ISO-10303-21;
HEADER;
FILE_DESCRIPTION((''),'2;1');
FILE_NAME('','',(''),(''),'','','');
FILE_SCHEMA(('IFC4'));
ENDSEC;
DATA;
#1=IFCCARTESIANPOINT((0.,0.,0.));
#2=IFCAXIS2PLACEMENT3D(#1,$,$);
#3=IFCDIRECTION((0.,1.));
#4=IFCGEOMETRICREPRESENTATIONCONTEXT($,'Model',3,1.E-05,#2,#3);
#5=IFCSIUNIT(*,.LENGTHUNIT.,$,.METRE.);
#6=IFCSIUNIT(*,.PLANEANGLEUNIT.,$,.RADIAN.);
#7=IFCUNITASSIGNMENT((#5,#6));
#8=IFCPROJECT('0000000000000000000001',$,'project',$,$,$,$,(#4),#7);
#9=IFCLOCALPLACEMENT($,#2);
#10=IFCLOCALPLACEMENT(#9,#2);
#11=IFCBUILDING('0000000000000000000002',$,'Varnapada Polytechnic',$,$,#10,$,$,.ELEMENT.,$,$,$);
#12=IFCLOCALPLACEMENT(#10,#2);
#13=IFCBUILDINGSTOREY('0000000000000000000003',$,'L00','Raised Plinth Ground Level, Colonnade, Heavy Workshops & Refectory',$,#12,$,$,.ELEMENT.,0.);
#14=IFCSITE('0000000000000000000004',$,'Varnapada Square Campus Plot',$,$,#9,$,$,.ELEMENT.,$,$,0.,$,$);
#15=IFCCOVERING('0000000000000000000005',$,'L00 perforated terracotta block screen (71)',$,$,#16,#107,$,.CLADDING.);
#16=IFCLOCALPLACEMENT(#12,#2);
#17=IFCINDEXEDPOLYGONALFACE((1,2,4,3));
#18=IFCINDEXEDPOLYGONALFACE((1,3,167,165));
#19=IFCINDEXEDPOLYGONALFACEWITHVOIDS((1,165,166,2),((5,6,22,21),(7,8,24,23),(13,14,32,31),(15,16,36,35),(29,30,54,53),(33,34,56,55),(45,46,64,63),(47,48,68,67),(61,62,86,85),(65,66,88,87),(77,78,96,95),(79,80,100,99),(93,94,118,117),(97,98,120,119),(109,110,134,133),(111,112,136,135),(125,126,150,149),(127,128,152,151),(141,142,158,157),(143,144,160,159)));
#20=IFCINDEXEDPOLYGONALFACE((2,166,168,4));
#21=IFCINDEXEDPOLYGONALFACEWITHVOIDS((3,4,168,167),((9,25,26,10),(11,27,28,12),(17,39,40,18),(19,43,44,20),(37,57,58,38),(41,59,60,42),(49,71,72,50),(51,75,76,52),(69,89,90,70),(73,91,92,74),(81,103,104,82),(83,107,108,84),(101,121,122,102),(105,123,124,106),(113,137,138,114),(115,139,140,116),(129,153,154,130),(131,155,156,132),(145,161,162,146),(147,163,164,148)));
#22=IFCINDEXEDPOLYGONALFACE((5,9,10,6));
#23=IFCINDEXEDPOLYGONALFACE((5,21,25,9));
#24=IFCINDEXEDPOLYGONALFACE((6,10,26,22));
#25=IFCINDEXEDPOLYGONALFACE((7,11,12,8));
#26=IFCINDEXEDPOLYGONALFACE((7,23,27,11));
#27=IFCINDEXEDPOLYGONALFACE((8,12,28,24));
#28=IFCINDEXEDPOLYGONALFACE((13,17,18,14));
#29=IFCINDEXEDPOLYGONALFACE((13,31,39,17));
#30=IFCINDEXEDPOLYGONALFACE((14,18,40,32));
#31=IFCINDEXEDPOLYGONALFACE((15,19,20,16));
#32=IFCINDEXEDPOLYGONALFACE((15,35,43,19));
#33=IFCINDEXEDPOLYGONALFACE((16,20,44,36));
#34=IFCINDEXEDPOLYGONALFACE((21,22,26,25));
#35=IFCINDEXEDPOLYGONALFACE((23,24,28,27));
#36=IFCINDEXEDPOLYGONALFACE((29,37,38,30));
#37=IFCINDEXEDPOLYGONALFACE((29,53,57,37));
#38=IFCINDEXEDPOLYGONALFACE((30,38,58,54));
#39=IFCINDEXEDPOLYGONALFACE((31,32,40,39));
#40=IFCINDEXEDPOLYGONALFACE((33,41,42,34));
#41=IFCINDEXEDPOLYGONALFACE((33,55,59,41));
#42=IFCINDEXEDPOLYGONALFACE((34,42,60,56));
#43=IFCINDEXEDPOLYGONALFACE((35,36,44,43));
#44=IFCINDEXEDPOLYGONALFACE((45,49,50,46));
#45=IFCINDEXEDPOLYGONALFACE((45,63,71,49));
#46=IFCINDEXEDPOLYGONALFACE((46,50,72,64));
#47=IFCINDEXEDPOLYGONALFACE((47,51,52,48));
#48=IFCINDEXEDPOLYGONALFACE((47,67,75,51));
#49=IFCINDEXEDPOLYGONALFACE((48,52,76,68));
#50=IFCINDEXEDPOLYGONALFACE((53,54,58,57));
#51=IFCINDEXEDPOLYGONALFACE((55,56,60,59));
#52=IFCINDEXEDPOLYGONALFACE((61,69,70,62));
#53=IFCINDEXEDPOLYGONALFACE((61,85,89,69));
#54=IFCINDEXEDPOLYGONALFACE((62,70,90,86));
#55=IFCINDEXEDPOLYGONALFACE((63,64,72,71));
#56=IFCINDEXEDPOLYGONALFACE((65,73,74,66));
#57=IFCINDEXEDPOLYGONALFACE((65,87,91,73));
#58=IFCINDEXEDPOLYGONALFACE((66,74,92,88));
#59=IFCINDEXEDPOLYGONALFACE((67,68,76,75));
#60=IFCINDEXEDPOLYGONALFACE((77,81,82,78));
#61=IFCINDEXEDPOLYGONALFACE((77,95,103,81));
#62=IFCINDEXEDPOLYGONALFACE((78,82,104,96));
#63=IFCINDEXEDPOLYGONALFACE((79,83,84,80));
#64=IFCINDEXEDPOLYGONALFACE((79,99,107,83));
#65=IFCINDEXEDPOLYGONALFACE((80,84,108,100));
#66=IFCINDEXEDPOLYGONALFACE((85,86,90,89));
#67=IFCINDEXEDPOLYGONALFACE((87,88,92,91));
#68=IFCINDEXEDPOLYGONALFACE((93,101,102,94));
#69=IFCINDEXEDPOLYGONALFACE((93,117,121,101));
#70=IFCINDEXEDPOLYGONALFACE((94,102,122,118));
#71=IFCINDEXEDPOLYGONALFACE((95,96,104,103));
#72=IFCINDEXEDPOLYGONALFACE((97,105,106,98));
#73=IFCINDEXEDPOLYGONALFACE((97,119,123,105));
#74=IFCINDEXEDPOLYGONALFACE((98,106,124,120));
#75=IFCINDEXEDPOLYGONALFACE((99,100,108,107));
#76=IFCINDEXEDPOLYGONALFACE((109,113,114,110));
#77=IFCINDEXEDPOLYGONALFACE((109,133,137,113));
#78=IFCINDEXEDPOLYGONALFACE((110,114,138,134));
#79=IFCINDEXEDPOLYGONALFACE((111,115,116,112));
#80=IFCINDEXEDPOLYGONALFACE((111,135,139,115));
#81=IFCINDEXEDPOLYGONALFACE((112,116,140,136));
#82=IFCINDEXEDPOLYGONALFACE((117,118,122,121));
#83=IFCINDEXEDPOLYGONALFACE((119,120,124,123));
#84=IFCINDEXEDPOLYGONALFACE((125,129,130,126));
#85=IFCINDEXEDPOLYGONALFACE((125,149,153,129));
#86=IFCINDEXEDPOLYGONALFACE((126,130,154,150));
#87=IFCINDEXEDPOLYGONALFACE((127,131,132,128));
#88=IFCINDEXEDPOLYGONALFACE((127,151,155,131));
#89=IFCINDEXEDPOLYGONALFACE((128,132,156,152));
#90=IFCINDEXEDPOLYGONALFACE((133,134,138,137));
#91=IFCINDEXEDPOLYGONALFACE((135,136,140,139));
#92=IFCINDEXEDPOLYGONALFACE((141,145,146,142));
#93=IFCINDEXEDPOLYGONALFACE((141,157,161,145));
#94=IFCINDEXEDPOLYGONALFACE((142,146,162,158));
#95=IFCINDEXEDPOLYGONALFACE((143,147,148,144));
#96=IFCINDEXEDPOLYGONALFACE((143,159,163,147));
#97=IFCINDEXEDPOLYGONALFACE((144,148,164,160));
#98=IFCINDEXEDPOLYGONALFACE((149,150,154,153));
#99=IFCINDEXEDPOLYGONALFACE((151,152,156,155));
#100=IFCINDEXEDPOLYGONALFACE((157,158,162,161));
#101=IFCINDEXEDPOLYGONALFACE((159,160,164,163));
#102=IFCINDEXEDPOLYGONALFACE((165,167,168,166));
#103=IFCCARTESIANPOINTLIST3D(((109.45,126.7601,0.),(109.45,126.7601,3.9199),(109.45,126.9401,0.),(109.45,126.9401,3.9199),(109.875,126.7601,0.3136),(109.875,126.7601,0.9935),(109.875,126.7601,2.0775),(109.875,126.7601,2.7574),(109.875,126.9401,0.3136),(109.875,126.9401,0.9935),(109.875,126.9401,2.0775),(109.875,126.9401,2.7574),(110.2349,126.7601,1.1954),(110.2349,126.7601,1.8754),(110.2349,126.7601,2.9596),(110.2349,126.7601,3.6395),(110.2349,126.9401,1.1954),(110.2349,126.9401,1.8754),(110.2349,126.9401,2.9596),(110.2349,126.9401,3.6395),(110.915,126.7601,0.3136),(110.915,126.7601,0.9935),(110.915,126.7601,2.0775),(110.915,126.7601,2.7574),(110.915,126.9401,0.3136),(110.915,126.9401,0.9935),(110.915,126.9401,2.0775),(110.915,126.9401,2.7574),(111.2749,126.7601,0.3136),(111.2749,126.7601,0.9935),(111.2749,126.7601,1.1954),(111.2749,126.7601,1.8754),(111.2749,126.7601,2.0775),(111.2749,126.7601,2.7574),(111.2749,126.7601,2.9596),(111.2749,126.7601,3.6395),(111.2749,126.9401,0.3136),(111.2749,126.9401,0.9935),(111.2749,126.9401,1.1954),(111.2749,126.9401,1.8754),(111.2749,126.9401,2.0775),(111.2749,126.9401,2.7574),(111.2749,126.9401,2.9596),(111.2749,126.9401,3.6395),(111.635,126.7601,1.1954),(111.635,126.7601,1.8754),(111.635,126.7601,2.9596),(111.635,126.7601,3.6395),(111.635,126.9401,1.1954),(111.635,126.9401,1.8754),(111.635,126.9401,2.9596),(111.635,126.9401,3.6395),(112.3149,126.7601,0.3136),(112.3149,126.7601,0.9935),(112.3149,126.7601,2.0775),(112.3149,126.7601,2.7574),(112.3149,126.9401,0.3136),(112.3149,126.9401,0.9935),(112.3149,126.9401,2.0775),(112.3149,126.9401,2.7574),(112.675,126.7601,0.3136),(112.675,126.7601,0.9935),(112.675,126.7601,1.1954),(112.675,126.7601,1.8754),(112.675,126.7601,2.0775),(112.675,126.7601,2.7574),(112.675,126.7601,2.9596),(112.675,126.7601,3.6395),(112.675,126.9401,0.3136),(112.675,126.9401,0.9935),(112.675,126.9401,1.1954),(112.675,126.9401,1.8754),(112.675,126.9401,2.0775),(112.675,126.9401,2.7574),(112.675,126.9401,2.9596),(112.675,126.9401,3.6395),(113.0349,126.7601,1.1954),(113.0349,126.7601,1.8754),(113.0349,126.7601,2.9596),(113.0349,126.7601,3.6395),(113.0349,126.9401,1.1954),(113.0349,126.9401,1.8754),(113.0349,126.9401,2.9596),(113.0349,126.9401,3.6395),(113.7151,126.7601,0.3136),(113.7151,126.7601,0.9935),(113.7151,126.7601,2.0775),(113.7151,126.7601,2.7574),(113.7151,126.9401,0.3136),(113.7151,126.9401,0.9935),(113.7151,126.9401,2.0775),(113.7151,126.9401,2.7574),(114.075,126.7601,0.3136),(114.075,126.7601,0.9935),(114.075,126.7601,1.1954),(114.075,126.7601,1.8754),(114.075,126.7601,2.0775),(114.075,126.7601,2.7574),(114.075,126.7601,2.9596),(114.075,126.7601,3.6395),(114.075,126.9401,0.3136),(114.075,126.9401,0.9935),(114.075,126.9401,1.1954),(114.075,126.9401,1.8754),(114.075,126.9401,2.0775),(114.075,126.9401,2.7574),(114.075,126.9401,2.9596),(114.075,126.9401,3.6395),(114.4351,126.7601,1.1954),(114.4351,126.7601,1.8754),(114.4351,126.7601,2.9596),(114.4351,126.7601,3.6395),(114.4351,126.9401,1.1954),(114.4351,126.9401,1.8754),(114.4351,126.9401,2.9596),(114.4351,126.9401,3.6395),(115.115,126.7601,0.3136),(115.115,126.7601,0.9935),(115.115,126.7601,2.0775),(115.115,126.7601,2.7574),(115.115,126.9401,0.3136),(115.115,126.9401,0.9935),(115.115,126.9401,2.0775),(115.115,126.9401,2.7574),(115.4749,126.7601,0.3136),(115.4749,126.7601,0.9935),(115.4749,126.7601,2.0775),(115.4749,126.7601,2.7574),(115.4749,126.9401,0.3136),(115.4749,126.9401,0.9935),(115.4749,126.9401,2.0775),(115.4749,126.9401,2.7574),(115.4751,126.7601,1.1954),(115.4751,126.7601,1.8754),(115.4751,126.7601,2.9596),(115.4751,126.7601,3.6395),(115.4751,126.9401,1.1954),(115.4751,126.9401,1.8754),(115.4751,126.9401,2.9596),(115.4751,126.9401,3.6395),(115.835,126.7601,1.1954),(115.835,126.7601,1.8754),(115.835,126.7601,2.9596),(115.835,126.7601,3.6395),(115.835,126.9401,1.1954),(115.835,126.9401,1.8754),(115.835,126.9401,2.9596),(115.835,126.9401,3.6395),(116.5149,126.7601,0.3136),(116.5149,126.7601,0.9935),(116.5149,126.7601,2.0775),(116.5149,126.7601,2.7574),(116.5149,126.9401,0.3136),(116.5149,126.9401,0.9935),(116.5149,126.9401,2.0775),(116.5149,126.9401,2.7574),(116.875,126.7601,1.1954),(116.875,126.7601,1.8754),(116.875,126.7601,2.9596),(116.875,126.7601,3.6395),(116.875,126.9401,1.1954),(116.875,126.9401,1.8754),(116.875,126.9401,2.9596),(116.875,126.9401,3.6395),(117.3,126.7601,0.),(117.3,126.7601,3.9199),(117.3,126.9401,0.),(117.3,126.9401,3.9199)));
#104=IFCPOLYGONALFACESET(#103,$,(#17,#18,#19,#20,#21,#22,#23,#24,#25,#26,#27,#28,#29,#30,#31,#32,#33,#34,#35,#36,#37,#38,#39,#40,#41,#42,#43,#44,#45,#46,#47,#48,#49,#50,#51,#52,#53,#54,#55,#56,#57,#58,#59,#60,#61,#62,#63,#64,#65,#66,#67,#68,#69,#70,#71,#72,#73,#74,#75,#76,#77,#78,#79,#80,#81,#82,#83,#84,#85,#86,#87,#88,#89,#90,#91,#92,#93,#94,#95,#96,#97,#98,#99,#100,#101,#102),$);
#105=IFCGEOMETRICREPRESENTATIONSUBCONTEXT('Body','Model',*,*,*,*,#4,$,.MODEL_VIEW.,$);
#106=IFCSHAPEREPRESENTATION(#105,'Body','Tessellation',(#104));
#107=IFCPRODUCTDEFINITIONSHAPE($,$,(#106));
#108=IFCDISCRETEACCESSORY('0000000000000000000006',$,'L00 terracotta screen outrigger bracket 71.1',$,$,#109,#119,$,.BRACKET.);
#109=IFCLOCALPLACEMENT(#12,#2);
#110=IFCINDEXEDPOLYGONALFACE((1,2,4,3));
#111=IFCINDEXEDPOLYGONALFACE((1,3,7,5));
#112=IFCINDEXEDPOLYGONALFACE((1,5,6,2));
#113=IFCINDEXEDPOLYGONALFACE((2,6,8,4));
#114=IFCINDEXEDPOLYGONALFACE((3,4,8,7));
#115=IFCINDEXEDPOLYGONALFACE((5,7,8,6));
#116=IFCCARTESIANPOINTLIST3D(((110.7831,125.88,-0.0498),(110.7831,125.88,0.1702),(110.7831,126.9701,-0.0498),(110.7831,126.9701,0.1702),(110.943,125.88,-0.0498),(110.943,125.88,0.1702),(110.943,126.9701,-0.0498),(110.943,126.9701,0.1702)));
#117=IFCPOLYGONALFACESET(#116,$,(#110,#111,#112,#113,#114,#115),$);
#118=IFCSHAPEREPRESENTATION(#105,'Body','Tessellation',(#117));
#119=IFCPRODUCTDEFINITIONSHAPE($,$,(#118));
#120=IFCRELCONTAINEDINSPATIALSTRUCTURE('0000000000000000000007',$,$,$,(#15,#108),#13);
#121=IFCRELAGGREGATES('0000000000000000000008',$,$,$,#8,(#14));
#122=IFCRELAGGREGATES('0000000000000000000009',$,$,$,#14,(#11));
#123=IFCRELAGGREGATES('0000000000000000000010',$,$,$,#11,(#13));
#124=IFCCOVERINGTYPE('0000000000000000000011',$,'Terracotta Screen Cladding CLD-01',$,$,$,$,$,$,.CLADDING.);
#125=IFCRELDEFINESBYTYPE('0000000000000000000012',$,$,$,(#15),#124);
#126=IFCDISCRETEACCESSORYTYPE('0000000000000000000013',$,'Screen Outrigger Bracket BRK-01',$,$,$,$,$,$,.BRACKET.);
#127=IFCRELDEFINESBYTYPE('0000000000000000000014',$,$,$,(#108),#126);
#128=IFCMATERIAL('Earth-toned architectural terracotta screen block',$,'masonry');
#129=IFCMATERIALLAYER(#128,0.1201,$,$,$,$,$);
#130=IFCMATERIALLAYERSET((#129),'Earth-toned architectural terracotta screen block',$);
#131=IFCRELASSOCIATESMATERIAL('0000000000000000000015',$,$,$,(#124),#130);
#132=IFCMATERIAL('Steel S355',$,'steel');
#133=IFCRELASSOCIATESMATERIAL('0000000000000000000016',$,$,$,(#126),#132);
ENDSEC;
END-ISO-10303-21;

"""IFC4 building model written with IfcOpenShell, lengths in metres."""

from ifc_helpers import new_model, si_unit, direction, frame, frame_2d, origin, origin_2d, place, context, subcontext, project, spatial, rectangle, extrude, material, layer, layer_set, type_object, element, save


model = new_model("IFC4")

# Units and contexts
model_context = context("Model", 3, precision=1e-05, world=origin(), true_north=direction((0.0, 1.0)))
body_context = subcontext(model_context, "Body", "Model", "MODEL_VIEW")
ifc_project = project(units=[si_unit("LENGTHUNIT", "METRE"), si_unit("PLANEANGLEUNIT", "RADIAN")], contexts=[model_context])

# Site, building, storey
site_placement = place(None, origin())
site = spatial("IfcSite", under=ifc_project, at=site_placement, Name="Varnapada Square Campus Plot", CompositionType="ELEMENT", RefElevation=0.0)
building_placement = place(site_placement, origin())
building = spatial("IfcBuilding", under=site, at=building_placement, Name="Varnapada Polytechnic", CompositionType="ELEMENT")
storey_placement = place(building_placement, origin())
storey = spatial("IfcBuildingStorey", under=building, at=storey_placement, Name="L00", Description="Raised Plinth Ground Level, Colonnade, Heavy Workshops & Refectory", CompositionType="ELEMENT", Elevation=0.0)

# Covering, openings
ifc_material_1 = material(Name="Earth-toned architectural terracotta screen block", Category="masonry")
ifc_layer_1 = layer(ifc_material_1, 0.1201)
ifc_layer_set_1 = layer_set([ifc_layer_1], Name="Earth-toned architectural terracotta screen block")
covering_type = type_object("IfcCoveringType", Name="Terracotta Screen Cladding CLD-01", PredefinedType="CLADDING", material=ifc_layer_set_1)
covering_placement = place(storey_placement, frame((109.45, 126.8501, 0.0), z_axis=(0.0, 0.0, 1.0), x_axis=(1.0, 0.0, 0.0)))
covering = element("IfcCovering", 1, at=covering_placement, inside=storey, type_object=covering_type, Name="L00 perforated terracotta block screen (71)", PredefinedType="CLADDING", context=body_context, shape_type="SweptSolid", body=[
    extrude(rectangle(XDim=7.8501, YDim=0.1799, at=frame_2d((3.925, 0.0))), origin(), (0.0, 0.0, 1.0), 3.9199),
])
opening_1_placement = place(covering_placement, frame((0.425, 0.0, 0.3137)))
element("IfcOpeningElement", 2, at=opening_1_placement, cuts=covering, PredefinedType="OPENING", context=body_context, shape_type="SweptSolid", body=[
    extrude(rectangle(XDim=1.04, YDim=0.6799, at=frame_2d((0.52, 0.3398))), frame((0.0, 0.0999, 0.0), z_axis=(0.0, -1.0, 0.0), x_axis=(1.0, 0.0, 0.0)), (0.0, 0.0, 1.0), 0.2),
])
opening_2_placement = place(covering_placement, frame((1.825, 0.0, 0.3137)))
element("IfcOpeningElement", 3, at=opening_2_placement, cuts=covering, PredefinedType="OPENING", context=body_context, shape_type="SweptSolid", body=[
    extrude(rectangle(XDim=1.04, YDim=0.6799, at=frame_2d((0.52, 0.3398))), frame((0.0, 0.0999, 0.0), z_axis=(0.0, -1.0, 0.0), x_axis=(1.0, 0.0, 0.0)), (0.0, 0.0, 1.0), 0.2),
])
opening_3_placement = place(covering_placement, frame((3.2251, 0.0, 0.3137)))
element("IfcOpeningElement", 4, at=opening_3_placement, cuts=covering, PredefinedType="OPENING", context=body_context, shape_type="SweptSolid", body=[
    extrude(rectangle(XDim=1.04, YDim=0.6799, at=frame_2d((0.52, 0.3398))), frame((0.0, 0.0999, 0.0), z_axis=(0.0, -1.0, 0.0), x_axis=(1.0, 0.0, 0.0)), (0.0, 0.0, 1.0), 0.2),
])
opening_4_placement = place(covering_placement, frame((4.625, 0.0, 0.3137)))
element("IfcOpeningElement", 5, at=opening_4_placement, cuts=covering, PredefinedType="OPENING", context=body_context, shape_type="SweptSolid", body=[
    extrude(rectangle(XDim=1.04, YDim=0.6799, at=frame_2d((0.52, 0.3398))), frame((0.0, 0.0999, 0.0), z_axis=(0.0, -1.0, 0.0), x_axis=(1.0, 0.0, 0.0)), (0.0, 0.0, 1.0), 0.2),
])
opening_5_placement = place(covering_placement, frame((6.0249, 0.0, 0.3137)))
element("IfcOpeningElement", 6, at=opening_5_placement, cuts=covering, PredefinedType="OPENING", context=body_context, shape_type="SweptSolid", body=[
    extrude(rectangle(XDim=1.04, YDim=0.6799, at=frame_2d((0.52, 0.3398))), frame((0.0, 0.0999, 0.0), z_axis=(0.0, -1.0, 0.0), x_axis=(1.0, 0.0, 0.0)), (0.0, 0.0, 1.0), 0.2),
])
opening_6_placement = place(covering_placement, frame((0.7849, 0.0, 1.1956)))
element("IfcOpeningElement", 7, at=opening_6_placement, cuts=covering, PredefinedType="OPENING", context=body_context, shape_type="SweptSolid", body=[
    extrude(rectangle(XDim=1.04, YDim=0.6799, at=frame_2d((0.52, 0.3398))), frame((0.0, 0.0999, 0.0), z_axis=(0.0, -1.0, 0.0), x_axis=(1.0, 0.0, 0.0)), (0.0, 0.0, 1.0), 0.2),
])
opening_7_placement = place(covering_placement, frame((2.1851, 0.0, 1.1956)))
element("IfcOpeningElement", 8, at=opening_7_placement, cuts=covering, PredefinedType="OPENING", context=body_context, shape_type="SweptSolid", body=[
    extrude(rectangle(XDim=1.04, YDim=0.6799, at=frame_2d((0.52, 0.3398))), frame((0.0, 0.0999, 0.0), z_axis=(0.0, -1.0, 0.0), x_axis=(1.0, 0.0, 0.0)), (0.0, 0.0, 1.0), 0.2),
])
opening_8_placement = place(covering_placement, frame((3.585, 0.0, 1.1956)))
element("IfcOpeningElement", 9, at=opening_8_placement, cuts=covering, PredefinedType="OPENING", context=body_context, shape_type="SweptSolid", body=[
    extrude(rectangle(XDim=1.04, YDim=0.6799, at=frame_2d((0.52, 0.3398))), frame((0.0, 0.0999, 0.0), z_axis=(0.0, -1.0, 0.0), x_axis=(1.0, 0.0, 0.0)), (0.0, 0.0, 1.0), 0.2),
])
opening_9_placement = place(covering_placement, frame((4.9851, 0.0, 1.1956)))
element("IfcOpeningElement", 10, at=opening_9_placement, cuts=covering, PredefinedType="OPENING", context=body_context, shape_type="SweptSolid", body=[
    extrude(rectangle(XDim=1.04, YDim=0.6799, at=frame_2d((0.52, 0.3398))), frame((0.0, 0.0999, 0.0), z_axis=(0.0, -1.0, 0.0), x_axis=(1.0, 0.0, 0.0)), (0.0, 0.0, 1.0), 0.2),
])
opening_10_placement = place(covering_placement, frame((6.385, 0.0, 1.1956)))
element("IfcOpeningElement", 11, at=opening_10_placement, cuts=covering, PredefinedType="OPENING", context=body_context, shape_type="SweptSolid", body=[
    extrude(rectangle(XDim=1.04, YDim=0.6799, at=frame_2d((0.52, 0.3398))), frame((0.0, 0.0999, 0.0), z_axis=(0.0, -1.0, 0.0), x_axis=(1.0, 0.0, 0.0)), (0.0, 0.0, 1.0), 0.2),
])
opening_11_placement = place(covering_placement, frame((0.425, 0.0, 2.0776)))
element("IfcOpeningElement", 12, at=opening_11_placement, cuts=covering, PredefinedType="OPENING", context=body_context, shape_type="SweptSolid", body=[
    extrude(rectangle(XDim=1.04, YDim=0.6799, at=frame_2d((0.52, 0.3398))), frame((0.0, 0.0999, 0.0), z_axis=(0.0, -1.0, 0.0), x_axis=(1.0, 0.0, 0.0)), (0.0, 0.0, 1.0), 0.2),
])
opening_12_placement = place(covering_placement, frame((1.825, 0.0, 2.0776)))
element("IfcOpeningElement", 13, at=opening_12_placement, cuts=covering, PredefinedType="OPENING", context=body_context, shape_type="SweptSolid", body=[
    extrude(rectangle(XDim=1.04, YDim=0.6799, at=frame_2d((0.52, 0.3398))), frame((0.0, 0.0999, 0.0), z_axis=(0.0, -1.0, 0.0), x_axis=(1.0, 0.0, 0.0)), (0.0, 0.0, 1.0), 0.2),
])
opening_13_placement = place(covering_placement, frame((3.2251, 0.0, 2.0776)))
element("IfcOpeningElement", 14, at=opening_13_placement, cuts=covering, PredefinedType="OPENING", context=body_context, shape_type="SweptSolid", body=[
    extrude(rectangle(XDim=1.04, YDim=0.6799, at=frame_2d((0.52, 0.3398))), frame((0.0, 0.0999, 0.0), z_axis=(0.0, -1.0, 0.0), x_axis=(1.0, 0.0, 0.0)), (0.0, 0.0, 1.0), 0.2),
])
opening_14_placement = place(covering_placement, frame((4.625, 0.0, 2.0776)))
element("IfcOpeningElement", 15, at=opening_14_placement, cuts=covering, PredefinedType="OPENING", context=body_context, shape_type="SweptSolid", body=[
    extrude(rectangle(XDim=1.04, YDim=0.6799, at=frame_2d((0.52, 0.3398))), frame((0.0, 0.0999, 0.0), z_axis=(0.0, -1.0, 0.0), x_axis=(1.0, 0.0, 0.0)), (0.0, 0.0, 1.0), 0.2),
])
opening_15_placement = place(covering_placement, frame((6.0249, 0.0, 2.0776)))
element("IfcOpeningElement", 16, at=opening_15_placement, cuts=covering, PredefinedType="OPENING", context=body_context, shape_type="SweptSolid", body=[
    extrude(rectangle(XDim=1.04, YDim=0.6799, at=frame_2d((0.52, 0.3398))), frame((0.0, 0.0999, 0.0), z_axis=(0.0, -1.0, 0.0), x_axis=(1.0, 0.0, 0.0)), (0.0, 0.0, 1.0), 0.2),
])
opening_16_placement = place(covering_placement, frame((0.7849, 0.0, 2.9597)))
element("IfcOpeningElement", 17, at=opening_16_placement, cuts=covering, PredefinedType="OPENING", context=body_context, shape_type="SweptSolid", body=[
    extrude(rectangle(XDim=1.04, YDim=0.6799, at=frame_2d((0.52, 0.3398))), frame((0.0, 0.0999, 0.0), z_axis=(0.0, -1.0, 0.0), x_axis=(1.0, 0.0, 0.0)), (0.0, 0.0, 1.0), 0.2),
])
opening_17_placement = place(covering_placement, frame((2.1851, 0.0, 2.9597)))
element("IfcOpeningElement", 18, at=opening_17_placement, cuts=covering, PredefinedType="OPENING", context=body_context, shape_type="SweptSolid", body=[
    extrude(rectangle(XDim=1.04, YDim=0.6799, at=frame_2d((0.52, 0.3398))), frame((0.0, 0.0999, 0.0), z_axis=(0.0, -1.0, 0.0), x_axis=(1.0, 0.0, 0.0)), (0.0, 0.0, 1.0), 0.2),
])
opening_18_placement = place(covering_placement, frame((3.585, 0.0, 2.9597)))
element("IfcOpeningElement", 19, at=opening_18_placement, cuts=covering, PredefinedType="OPENING", context=body_context, shape_type="SweptSolid", body=[
    extrude(rectangle(XDim=1.04, YDim=0.6799, at=frame_2d((0.52, 0.3398))), frame((0.0, 0.0999, 0.0), z_axis=(0.0, -1.0, 0.0), x_axis=(1.0, 0.0, 0.0)), (0.0, 0.0, 1.0), 0.2),
])
opening_19_placement = place(covering_placement, frame((4.9851, 0.0, 2.9597)))
element("IfcOpeningElement", 20, at=opening_19_placement, cuts=covering, PredefinedType="OPENING", context=body_context, shape_type="SweptSolid", body=[
    extrude(rectangle(XDim=1.04, YDim=0.6799, at=frame_2d((0.52, 0.3398))), frame((0.0, 0.0999, 0.0), z_axis=(0.0, -1.0, 0.0), x_axis=(1.0, 0.0, 0.0)), (0.0, 0.0, 1.0), 0.2),
])
opening_20_placement = place(covering_placement, frame((6.385, 0.0, 2.9597)))
element("IfcOpeningElement", 21, at=opening_20_placement, cuts=covering, PredefinedType="OPENING", context=body_context, shape_type="SweptSolid", body=[
    extrude(rectangle(XDim=1.04, YDim=0.6799, at=frame_2d((0.52, 0.3398))), frame((0.0, 0.0999, 0.0), z_axis=(0.0, -1.0, 0.0), x_axis=(1.0, 0.0, 0.0)), (0.0, 0.0, 1.0), 0.2),
])

# Discrete accessory
ifc_material_2 = material(Name="Steel S355", Category="steel")
discrete_accessory_type = type_object("IfcDiscreteAccessoryType", Name="Screen Outrigger Bracket BRK-01", PredefinedType="BRACKET", material=ifc_material_2)
for number, where, z_axis, x_axis, name in (
    (22, (110.863, 126.425, -0.0498), (0.0, 0.0, 1.0), (1.0, 0.0, 0.0), "L00 terracotta screen outrigger bracket 71.1"),
):
    element("IfcDiscreteAccessory", number, at=place(storey_placement, frame(where, z_axis=z_axis, x_axis=x_axis)), inside=storey, type_object=discrete_accessory_type, Name=name, PredefinedType="BRACKET", context=body_context, shape_type="SweptSolid", body=[
        extrude(rectangle(XDim=0.1599, YDim=1.0901, at=origin_2d()), origin(), (0.0, 0.0, 1.0), 0.22),
    ])

save(model, "model.ifc")
